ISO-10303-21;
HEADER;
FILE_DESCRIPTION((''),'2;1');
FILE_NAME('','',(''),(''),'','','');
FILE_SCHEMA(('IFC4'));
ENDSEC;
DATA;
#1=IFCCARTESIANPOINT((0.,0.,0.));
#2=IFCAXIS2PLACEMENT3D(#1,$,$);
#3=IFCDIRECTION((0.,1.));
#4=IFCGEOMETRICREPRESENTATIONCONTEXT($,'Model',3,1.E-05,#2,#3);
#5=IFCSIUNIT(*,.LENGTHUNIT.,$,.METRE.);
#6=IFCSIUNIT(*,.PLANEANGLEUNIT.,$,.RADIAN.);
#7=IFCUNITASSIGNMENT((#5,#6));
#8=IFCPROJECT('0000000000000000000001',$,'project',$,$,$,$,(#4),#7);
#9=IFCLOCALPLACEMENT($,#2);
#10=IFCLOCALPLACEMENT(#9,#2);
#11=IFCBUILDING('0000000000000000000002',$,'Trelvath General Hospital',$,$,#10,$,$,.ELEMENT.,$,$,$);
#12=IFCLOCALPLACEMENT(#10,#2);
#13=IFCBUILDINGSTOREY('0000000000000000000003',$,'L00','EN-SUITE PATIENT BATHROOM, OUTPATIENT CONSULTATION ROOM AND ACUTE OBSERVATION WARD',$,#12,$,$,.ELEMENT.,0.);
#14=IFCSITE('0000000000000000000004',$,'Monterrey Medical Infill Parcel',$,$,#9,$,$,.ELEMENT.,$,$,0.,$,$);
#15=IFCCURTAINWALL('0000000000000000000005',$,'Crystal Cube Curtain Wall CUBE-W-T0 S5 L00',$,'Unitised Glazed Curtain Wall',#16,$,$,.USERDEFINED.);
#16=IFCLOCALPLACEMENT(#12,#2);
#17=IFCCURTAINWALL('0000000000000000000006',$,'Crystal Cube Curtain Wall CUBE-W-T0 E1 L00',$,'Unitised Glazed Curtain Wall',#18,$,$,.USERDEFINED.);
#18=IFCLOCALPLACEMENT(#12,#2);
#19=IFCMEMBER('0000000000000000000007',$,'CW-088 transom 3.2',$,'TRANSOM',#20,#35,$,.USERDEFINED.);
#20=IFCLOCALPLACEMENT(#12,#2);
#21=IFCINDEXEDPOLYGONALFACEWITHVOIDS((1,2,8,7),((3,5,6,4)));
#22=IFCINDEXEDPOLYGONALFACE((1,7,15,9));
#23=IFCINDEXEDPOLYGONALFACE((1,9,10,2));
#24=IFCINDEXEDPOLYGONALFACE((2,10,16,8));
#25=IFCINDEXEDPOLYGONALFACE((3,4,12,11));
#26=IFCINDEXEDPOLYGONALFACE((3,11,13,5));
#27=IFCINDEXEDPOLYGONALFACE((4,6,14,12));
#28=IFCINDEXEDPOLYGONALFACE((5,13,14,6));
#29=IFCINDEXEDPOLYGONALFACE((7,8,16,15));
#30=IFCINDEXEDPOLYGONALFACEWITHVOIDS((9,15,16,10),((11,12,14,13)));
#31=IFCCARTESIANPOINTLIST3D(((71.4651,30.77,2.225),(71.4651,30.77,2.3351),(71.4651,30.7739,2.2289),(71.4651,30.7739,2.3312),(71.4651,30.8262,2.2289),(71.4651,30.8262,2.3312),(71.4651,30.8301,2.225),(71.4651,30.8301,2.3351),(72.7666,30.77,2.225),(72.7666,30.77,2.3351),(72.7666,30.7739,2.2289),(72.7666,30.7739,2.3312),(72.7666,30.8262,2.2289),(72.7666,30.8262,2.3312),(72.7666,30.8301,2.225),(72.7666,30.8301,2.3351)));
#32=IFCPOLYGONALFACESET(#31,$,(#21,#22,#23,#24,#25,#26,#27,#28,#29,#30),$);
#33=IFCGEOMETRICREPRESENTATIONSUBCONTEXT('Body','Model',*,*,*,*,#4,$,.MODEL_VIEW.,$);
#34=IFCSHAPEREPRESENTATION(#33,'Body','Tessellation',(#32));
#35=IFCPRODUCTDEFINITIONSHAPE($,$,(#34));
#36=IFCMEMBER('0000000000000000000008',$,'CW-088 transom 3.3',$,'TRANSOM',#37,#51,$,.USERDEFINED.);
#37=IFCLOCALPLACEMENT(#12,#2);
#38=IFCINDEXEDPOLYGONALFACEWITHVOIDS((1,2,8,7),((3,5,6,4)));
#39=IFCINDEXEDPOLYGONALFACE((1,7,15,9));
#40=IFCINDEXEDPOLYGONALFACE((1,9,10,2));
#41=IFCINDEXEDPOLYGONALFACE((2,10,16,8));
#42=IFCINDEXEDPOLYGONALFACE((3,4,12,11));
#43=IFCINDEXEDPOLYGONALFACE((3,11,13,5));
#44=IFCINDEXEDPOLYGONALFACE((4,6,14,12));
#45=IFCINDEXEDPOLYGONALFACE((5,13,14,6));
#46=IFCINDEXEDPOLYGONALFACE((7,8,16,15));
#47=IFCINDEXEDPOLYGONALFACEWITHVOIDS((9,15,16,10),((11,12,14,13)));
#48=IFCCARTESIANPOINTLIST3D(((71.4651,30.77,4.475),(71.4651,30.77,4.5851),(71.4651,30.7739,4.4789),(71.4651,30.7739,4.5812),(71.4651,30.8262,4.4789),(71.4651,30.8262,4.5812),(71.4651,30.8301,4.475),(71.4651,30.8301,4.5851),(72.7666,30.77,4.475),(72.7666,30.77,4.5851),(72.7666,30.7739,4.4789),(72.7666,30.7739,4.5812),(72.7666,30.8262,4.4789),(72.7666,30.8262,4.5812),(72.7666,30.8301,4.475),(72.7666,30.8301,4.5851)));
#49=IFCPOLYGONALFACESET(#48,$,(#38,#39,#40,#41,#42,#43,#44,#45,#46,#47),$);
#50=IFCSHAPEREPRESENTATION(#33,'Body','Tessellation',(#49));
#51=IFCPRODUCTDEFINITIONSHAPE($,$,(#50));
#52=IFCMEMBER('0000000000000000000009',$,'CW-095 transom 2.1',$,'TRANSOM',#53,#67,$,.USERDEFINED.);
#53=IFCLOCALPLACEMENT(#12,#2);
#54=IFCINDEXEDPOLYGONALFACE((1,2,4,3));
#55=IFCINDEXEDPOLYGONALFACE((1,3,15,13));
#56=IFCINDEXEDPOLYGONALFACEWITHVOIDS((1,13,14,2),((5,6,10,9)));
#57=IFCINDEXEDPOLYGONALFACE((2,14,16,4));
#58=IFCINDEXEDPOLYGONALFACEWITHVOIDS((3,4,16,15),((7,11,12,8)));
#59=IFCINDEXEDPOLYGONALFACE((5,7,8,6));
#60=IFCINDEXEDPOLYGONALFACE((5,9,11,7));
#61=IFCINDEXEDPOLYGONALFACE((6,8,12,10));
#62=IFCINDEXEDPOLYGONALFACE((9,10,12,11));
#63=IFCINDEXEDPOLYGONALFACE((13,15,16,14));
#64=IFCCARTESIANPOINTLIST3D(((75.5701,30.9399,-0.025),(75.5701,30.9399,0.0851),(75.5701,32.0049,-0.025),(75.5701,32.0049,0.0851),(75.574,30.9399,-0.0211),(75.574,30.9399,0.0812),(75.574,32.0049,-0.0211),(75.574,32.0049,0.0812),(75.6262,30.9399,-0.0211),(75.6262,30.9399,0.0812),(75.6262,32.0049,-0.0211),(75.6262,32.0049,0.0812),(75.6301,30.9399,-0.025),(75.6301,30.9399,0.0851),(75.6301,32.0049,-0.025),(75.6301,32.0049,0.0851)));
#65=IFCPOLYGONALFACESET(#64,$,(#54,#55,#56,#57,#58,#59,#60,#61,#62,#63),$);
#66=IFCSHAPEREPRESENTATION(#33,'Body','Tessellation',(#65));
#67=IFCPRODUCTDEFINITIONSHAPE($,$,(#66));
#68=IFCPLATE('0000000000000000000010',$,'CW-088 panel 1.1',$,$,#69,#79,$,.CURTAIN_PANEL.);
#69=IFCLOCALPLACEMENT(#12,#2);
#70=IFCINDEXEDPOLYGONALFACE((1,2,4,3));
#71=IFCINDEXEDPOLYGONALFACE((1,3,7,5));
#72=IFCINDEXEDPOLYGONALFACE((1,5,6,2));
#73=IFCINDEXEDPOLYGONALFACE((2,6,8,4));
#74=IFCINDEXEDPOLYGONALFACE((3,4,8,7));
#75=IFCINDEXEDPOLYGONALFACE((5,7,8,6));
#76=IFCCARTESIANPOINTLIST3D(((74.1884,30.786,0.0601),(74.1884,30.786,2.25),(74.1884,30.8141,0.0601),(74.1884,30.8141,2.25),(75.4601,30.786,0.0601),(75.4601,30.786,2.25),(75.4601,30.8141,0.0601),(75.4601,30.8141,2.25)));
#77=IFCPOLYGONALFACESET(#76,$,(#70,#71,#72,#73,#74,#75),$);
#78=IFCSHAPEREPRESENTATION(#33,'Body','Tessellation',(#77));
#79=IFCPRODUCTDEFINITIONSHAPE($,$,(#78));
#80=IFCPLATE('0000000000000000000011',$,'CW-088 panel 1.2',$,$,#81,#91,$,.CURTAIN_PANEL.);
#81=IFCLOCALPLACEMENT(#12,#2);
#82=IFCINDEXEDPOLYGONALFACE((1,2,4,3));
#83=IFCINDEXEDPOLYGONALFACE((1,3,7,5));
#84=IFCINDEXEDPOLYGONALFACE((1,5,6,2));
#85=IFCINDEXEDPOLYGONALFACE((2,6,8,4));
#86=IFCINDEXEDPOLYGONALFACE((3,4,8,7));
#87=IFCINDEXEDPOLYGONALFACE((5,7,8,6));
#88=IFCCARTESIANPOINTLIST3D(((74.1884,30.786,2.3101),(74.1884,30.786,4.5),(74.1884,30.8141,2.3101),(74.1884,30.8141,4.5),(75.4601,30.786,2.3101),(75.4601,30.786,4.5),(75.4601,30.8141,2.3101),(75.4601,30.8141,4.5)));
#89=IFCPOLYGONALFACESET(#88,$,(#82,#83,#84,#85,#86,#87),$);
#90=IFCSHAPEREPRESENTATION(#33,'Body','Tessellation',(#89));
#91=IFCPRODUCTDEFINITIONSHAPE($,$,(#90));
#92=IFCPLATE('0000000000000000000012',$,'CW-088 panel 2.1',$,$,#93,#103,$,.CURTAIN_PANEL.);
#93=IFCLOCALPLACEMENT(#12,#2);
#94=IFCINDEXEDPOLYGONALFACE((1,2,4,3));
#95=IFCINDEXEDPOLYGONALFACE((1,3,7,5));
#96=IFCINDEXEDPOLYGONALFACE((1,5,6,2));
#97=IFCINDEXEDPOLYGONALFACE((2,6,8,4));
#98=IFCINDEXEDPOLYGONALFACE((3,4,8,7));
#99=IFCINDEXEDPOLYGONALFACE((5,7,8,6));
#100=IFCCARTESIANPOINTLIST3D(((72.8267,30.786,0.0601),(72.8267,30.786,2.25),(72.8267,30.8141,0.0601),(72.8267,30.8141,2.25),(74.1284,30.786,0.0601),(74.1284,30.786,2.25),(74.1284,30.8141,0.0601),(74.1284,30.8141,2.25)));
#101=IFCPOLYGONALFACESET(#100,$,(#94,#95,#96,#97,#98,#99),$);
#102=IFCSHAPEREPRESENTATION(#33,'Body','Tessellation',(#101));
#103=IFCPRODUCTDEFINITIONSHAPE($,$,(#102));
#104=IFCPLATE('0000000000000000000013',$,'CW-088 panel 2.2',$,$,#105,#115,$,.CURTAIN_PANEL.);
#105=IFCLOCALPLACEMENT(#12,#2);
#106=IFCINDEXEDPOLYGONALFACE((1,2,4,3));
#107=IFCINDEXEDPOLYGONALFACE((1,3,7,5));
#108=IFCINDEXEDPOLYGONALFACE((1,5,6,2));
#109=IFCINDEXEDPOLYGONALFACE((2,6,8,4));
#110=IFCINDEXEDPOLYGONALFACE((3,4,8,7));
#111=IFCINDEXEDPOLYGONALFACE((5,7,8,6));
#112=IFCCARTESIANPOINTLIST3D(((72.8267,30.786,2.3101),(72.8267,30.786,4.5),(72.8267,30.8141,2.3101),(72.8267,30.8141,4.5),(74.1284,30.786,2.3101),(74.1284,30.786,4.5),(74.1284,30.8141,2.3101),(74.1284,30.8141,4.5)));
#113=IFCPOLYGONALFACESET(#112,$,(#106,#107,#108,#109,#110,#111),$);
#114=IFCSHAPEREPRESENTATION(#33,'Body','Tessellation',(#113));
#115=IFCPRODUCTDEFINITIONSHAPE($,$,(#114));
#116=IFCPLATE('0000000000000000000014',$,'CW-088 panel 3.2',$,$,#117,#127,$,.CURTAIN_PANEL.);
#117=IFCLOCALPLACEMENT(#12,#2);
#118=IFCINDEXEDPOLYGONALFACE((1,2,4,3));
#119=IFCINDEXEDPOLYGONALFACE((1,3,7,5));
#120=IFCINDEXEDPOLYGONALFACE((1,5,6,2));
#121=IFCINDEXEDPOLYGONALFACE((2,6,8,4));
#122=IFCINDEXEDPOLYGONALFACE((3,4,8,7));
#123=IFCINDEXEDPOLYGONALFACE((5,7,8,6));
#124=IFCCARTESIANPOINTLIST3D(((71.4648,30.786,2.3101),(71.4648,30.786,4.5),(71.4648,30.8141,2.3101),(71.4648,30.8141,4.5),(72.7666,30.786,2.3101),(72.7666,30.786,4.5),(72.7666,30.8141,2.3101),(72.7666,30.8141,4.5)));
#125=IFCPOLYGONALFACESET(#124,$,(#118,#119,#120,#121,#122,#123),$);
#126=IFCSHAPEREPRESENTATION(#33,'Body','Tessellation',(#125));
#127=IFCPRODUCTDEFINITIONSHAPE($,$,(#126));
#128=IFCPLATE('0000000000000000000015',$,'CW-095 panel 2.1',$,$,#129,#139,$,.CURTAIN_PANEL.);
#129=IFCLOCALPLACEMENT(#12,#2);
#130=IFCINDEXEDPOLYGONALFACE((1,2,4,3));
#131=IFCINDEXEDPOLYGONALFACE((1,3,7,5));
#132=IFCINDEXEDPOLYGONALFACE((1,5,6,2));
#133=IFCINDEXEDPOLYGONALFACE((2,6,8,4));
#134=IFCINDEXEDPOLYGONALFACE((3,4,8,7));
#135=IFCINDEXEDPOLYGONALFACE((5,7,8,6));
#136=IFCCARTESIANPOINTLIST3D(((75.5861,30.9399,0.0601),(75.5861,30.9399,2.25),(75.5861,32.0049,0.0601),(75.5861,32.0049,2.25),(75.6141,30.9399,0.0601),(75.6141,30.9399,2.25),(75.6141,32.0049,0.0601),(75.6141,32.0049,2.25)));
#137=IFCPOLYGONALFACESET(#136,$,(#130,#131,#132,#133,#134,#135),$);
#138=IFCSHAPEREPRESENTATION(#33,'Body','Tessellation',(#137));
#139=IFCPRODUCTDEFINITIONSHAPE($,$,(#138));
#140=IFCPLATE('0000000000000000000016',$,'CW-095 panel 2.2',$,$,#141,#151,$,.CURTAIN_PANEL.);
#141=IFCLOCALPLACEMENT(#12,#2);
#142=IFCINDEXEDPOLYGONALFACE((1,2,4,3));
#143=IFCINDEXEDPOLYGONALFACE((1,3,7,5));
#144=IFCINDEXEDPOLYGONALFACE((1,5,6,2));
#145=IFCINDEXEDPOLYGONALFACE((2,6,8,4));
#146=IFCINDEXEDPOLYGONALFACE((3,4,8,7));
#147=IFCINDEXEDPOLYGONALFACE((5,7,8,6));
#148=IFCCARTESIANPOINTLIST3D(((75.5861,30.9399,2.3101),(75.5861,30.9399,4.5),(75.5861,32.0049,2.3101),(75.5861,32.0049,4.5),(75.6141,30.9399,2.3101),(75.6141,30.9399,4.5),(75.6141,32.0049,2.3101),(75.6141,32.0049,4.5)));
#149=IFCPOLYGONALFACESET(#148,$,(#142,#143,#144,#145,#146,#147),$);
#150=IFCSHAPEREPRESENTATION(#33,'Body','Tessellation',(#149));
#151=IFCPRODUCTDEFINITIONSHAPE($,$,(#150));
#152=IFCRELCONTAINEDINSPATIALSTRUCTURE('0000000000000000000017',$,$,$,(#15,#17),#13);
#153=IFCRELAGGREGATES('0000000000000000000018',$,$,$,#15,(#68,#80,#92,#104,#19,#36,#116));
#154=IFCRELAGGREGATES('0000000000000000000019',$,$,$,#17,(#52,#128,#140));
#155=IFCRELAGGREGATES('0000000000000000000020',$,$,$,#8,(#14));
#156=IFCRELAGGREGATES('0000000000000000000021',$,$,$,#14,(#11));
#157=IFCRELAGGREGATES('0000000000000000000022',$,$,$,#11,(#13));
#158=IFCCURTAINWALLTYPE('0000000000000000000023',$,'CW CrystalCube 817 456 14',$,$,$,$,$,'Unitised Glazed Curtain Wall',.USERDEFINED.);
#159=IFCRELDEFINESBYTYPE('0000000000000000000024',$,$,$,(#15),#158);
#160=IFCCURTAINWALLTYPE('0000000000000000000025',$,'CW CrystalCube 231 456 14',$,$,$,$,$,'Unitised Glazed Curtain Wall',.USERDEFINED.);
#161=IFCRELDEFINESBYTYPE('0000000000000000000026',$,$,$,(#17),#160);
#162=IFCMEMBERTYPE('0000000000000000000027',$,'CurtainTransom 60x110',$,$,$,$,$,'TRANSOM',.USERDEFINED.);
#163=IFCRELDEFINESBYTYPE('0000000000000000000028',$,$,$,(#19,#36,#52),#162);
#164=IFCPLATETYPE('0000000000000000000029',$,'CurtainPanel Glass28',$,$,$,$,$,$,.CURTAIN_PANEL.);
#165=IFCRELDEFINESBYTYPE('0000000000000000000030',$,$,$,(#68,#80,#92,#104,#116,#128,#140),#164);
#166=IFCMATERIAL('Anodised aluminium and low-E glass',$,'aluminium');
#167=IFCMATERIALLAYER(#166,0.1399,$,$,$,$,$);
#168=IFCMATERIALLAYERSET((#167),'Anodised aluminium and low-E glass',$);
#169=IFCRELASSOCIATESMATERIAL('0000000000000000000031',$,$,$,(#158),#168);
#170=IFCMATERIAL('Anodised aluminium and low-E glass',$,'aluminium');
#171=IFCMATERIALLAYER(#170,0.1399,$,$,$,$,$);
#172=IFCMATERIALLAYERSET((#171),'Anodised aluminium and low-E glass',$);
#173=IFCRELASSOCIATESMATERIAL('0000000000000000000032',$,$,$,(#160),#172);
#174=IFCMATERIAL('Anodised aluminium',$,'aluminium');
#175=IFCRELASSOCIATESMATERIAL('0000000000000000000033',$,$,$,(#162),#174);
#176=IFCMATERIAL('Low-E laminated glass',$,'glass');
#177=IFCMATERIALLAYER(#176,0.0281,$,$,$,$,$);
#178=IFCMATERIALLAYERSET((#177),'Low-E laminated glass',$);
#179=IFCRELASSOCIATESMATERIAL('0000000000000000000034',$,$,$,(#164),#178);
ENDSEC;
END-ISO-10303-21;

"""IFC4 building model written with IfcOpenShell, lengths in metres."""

from ifc_helpers import new_model, si_unit, direction, frame, origin, origin_2d, place, context, subcontext, project, spatial, rectangle, hollow_rectangle, extrude, material, layer, layer_set, material_profile, profile_set, type_object, element, aggregate, save


model = new_model("IFC4")

# Units and contexts
model_context = context("Model", 3, precision=1e-05, world=origin(), true_north=direction((0.0, 1.0)))
body_context = subcontext(model_context, "Body", "Model", "MODEL_VIEW")
ifc_project = project(units=[si_unit("LENGTHUNIT", "METRE"), si_unit("PLANEANGLEUNIT", "RADIAN")], contexts=[model_context])

# Site, building, storey
site_placement = place(None, origin())
site = spatial("IfcSite", under=ifc_project, at=site_placement, Name="Monterrey Medical Infill Parcel", CompositionType="ELEMENT", RefElevation=0.0)
building_placement = place(site_placement, origin())
building = spatial("IfcBuilding", under=site, at=building_placement, Name="Trelvath General Hospital", CompositionType="ELEMENT")
storey_placement = place(building_placement, origin())
storey = spatial("IfcBuildingStorey", under=building, at=storey_placement, Name="L00", Description="EN-SUITE PATIENT BATHROOM, OUTPATIENT CONSULTATION ROOM AND ACUTE OBSERVATION WARD", CompositionType="ELEMENT", Elevation=0.0)

# Curtain wall
ifc_material_1 = material(Name="Anodised aluminium and low-E glass", Category="aluminium")
ifc_layer_1 = layer(ifc_material_1, 0.1399)
ifc_layer_set_1 = layer_set([ifc_layer_1], Name="Anodised aluminium and low-E glass")
curtain_wall_type_1 = type_object("IfcCurtainWallType", Name="CW CrystalCube 817 456 14", ElementType="Unitised Glazed Curtain Wall", PredefinedType="USERDEFINED", material=ifc_layer_set_1)
curtain_wall_1_placement = place(storey_placement, origin())
curtain_wall_1 = element("IfcCurtainWall", 1, at=curtain_wall_1_placement, inside=storey, type_object=curtain_wall_type_1, Name="Crystal Cube Curtain Wall CUBE-W-T0 S5 L00", ObjectType="Unitised Glazed Curtain Wall", PredefinedType="USERDEFINED")

# Curtain wall
ifc_material_2 = material(Name="Anodised aluminium and low-E glass", Category="aluminium")
ifc_layer_2 = layer(ifc_material_2, 0.1399)
ifc_layer_set_2 = layer_set([ifc_layer_2], Name="Anodised aluminium and low-E glass")
curtain_wall_type_2 = type_object("IfcCurtainWallType", Name="CW CrystalCube 231 456 14", ElementType="Unitised Glazed Curtain Wall", PredefinedType="USERDEFINED", material=ifc_layer_set_2)
curtain_wall_2_placement = place(storey_placement, origin())
curtain_wall_2 = element("IfcCurtainWall", 2, at=curtain_wall_2_placement, inside=storey, type_object=curtain_wall_type_2, Name="Crystal Cube Curtain Wall CUBE-W-T0 E1 L00", ObjectType="Unitised Glazed Curtain Wall", PredefinedType="USERDEFINED")

# Members
ifc_material_3 = material(Name="Anodised aluminium", Category="aluminium")
ifc_material_profile_1 = material_profile(ifc_material_3, hollow_rectangle(XDim=0.0601, YDim=0.1101, WallThickness=0.0039, at=origin_2d()), Name="RHS60x110x4")
ifc_profile_set_1 = profile_set([ifc_material_profile_1], Name="Anodised aluminium")
member_type_1 = type_object("IfcMemberType", Name="CurtainTransom 60x110", ElementType="TRANSOM", PredefinedType="USERDEFINED", material=ifc_profile_set_1)
member_1_placement = place(storey_placement, frame((72.7666, 30.8, 2.28), z_axis=(-1.0, 0.0, 0.0), x_axis=(0.0, -1.0, 0.0)))
member_1 = element("IfcMember", 3, at=member_1_placement, type_object=member_type_1, Name="CW-088 transom 3.2", ObjectType="TRANSOM", PredefinedType="USERDEFINED", context=body_context, shape_type="SweptSolid", body=[
    extrude(hollow_rectangle(XDim=0.0601, YDim=0.1101, WallThickness=0.0039, at=origin_2d()), origin(), (0.0, 0.0, 1.0), 1.3015),
])
member_2_placement = place(storey_placement, frame((72.7666, 30.8, 4.53), z_axis=(-1.0, 0.0, 0.0), x_axis=(0.0, -1.0, 0.0)))
member_2 = element("IfcMember", 4, at=member_2_placement, type_object=member_type_1, Name="CW-088 transom 3.3", ObjectType="TRANSOM", PredefinedType="USERDEFINED", context=body_context, shape_type="SweptSolid", body=[
    extrude(hollow_rectangle(XDim=0.0601, YDim=0.1101, WallThickness=0.0039, at=origin_2d()), origin(), (0.0, 0.0, 1.0), 1.3015),
])
member_3_placement = place(storey_placement, frame((75.6001, 32.0049, 0.03), z_axis=(0.0, -1.0, 0.0), x_axis=(1.0, 0.0, 0.0)))
member_3 = element("IfcMember", 5, at=member_3_placement, type_object=member_type_1, Name="CW-095 transom 2.1", ObjectType="TRANSOM", PredefinedType="USERDEFINED", context=body_context, shape_type="SweptSolid", body=[
    extrude(hollow_rectangle(XDim=0.0601, YDim=0.1101, WallThickness=0.0039, at=origin_2d()), origin(), (0.0, 0.0, 1.0), 1.0649),
])

# Plates
ifc_material_4 = material(Name="Low-E laminated glass", Category="glass")
ifc_layer_3 = layer(ifc_material_4, 0.0281)
ifc_layer_set_3 = layer_set([ifc_layer_3], Name="Low-E laminated glass")
plate_type = type_object("IfcPlateType", Name="CurtainPanel Glass28", PredefinedType="CURTAIN_PANEL", material=ifc_layer_set_3)
plate_1_placement = place(storey_placement, frame((74.8242, 30.8, 0.0601), z_axis=(0.0, 0.0, 1.0), x_axis=(-1.0, 0.0, 0.0)))
plate_1 = element("IfcPlate", 6, at=plate_1_placement, type_object=plate_type, Name="CW-088 panel 1.1", PredefinedType="CURTAIN_PANEL", context=body_context, shape_type="SweptSolid", body=[
    extrude(rectangle(XDim=1.2717, YDim=0.0281, at=origin_2d()), origin(), (0.0, 0.0, 1.0), 2.1899),
])
plate_2_placement = place(storey_placement, frame((74.8242, 30.8, 2.3101), z_axis=(0.0, 0.0, 1.0), x_axis=(-1.0, 0.0, 0.0)))
plate_2 = element("IfcPlate", 7, at=plate_2_placement, type_object=plate_type, Name="CW-088 panel 1.2", PredefinedType="CURTAIN_PANEL", context=body_context, shape_type="SweptSolid", body=[
    extrude(rectangle(XDim=1.2717, YDim=0.0281, at=origin_2d()), origin(), (0.0, 0.0, 1.0), 2.1899),
])
plate_3_placement = place(storey_placement, frame((73.4775, 30.8, 0.0601), z_axis=(0.0, 0.0, 1.0), x_axis=(-1.0, 0.0, 0.0)))
plate_3 = element("IfcPlate", 8, at=plate_3_placement, type_object=plate_type, Name="CW-088 panel 2.1", PredefinedType="CURTAIN_PANEL", context=body_context, shape_type="SweptSolid", body=[
    extrude(rectangle(XDim=1.3018, YDim=0.0281, at=origin_2d()), origin(), (0.0, 0.0, 1.0), 2.1899),
])
plate_4_placement = place(storey_placement, frame((73.4775, 30.8, 2.3101), z_axis=(0.0, 0.0, 1.0), x_axis=(-1.0, 0.0, 0.0)))
plate_4 = element("IfcPlate", 9, at=plate_4_placement, type_object=plate_type, Name="CW-088 panel 2.2", PredefinedType="CURTAIN_PANEL", context=body_context, shape_type="SweptSolid", body=[
    extrude(rectangle(XDim=1.3018, YDim=0.0281, at=origin_2d()), origin(), (0.0, 0.0, 1.0), 2.1899),
])
plate_5_placement = place(storey_placement, frame((72.1157, 30.8, 2.3101), z_axis=(0.0, 0.0, 1.0), x_axis=(-1.0, 0.0, 0.0)))
plate_5 = element("IfcPlate", 10, at=plate_5_placement, type_object=plate_type, Name="CW-088 panel 3.2", PredefinedType="CURTAIN_PANEL", context=body_context, shape_type="SweptSolid", body=[
    extrude(rectangle(XDim=1.3018, YDim=0.0281, at=origin_2d()), origin(), (0.0, 0.0, 1.0), 2.1899),
])
aggregate(curtain_wall_1, [plate_1, plate_2, plate_3, plate_4, member_1, member_2, plate_5])
plate_6_placement = place(storey_placement, frame((75.6001, 31.4724, 0.0601), z_axis=(0.0, 0.0, 1.0), x_axis=(0.0, -1.0, 0.0)))
plate_6 = element("IfcPlate", 11, at=plate_6_placement, type_object=plate_type, Name="CW-095 panel 2.1", PredefinedType="CURTAIN_PANEL", context=body_context, shape_type="SweptSolid", body=[
    extrude(rectangle(XDim=1.0649, YDim=0.0281, at=origin_2d()), origin(), (0.0, 0.0, 1.0), 2.1899),
])
plate_7_placement = place(storey_placement, frame((75.6001, 31.4724, 2.3101), z_axis=(0.0, 0.0, 1.0), x_axis=(0.0, -1.0, 0.0)))
plate_7 = element("IfcPlate", 12, at=plate_7_placement, type_object=plate_type, Name="CW-095 panel 2.2", PredefinedType="CURTAIN_PANEL", context=body_context, shape_type="SweptSolid", body=[
    extrude(rectangle(XDim=1.0649, YDim=0.0281, at=origin_2d()), origin(), (0.0, 0.0, 1.0), 2.1899),
])
aggregate(curtain_wall_2, [member_3, plate_6, plate_7])

save(model, "model.ifc")
